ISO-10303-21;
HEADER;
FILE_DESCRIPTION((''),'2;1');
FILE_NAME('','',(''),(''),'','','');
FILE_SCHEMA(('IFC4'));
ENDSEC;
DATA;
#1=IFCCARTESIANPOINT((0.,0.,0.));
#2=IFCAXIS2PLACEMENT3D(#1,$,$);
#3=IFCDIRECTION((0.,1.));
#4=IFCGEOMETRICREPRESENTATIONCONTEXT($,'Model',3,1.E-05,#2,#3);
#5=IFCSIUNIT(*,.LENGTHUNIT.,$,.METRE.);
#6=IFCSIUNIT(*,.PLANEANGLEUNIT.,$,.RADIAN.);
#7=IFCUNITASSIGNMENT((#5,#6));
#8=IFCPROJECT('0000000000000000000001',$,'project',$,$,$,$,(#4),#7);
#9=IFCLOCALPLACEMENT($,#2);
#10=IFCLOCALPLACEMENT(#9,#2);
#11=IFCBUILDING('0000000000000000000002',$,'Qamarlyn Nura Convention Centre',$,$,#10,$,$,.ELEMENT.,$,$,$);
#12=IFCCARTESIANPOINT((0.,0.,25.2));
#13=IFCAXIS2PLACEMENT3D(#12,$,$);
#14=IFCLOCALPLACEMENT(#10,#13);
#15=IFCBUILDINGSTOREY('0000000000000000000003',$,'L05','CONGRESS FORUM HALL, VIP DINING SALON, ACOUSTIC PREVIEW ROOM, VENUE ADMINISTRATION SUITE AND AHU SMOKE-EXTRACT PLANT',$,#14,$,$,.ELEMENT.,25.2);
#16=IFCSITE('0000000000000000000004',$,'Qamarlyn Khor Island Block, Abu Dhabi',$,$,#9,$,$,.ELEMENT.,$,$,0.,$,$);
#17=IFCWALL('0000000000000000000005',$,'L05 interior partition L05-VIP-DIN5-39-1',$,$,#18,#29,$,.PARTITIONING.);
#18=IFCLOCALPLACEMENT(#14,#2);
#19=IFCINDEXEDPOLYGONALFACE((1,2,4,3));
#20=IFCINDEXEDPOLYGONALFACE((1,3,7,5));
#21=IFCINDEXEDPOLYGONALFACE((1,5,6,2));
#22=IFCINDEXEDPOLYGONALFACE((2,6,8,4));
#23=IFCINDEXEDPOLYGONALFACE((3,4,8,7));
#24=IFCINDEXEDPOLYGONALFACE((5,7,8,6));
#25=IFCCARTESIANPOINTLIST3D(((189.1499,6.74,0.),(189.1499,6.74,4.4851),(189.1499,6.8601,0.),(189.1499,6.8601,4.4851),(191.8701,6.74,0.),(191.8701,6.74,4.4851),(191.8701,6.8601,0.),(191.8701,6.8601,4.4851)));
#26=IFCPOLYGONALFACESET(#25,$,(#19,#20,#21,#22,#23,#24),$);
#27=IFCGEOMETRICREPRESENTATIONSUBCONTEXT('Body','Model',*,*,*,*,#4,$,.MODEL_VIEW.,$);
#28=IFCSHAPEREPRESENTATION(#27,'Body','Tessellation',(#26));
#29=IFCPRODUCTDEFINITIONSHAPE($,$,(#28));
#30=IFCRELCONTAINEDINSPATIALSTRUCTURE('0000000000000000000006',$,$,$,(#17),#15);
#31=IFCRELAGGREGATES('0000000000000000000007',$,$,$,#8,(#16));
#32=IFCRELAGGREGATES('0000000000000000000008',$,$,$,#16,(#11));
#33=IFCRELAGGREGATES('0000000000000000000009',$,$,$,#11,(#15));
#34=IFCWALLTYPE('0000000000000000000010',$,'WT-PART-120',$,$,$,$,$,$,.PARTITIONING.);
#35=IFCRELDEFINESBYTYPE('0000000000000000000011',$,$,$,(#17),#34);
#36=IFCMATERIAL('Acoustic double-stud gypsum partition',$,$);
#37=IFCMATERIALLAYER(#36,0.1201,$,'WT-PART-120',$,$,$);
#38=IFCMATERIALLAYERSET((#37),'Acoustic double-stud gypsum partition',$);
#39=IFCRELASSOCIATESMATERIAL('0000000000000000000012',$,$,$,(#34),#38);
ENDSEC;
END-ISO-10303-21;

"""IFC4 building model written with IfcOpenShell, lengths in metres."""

from ifc_helpers import new_model, si_unit, direction, frame, frame_2d, origin, place, context, subcontext, project, spatial, rectangle, extrude, material, layer, layer_set, type_object, element, save


model = new_model("IFC4")

# Units and contexts
model_context = context("Model", 3, precision=1e-05, world=origin(), true_north=direction((0.0, 1.0)))
body_context = subcontext(model_context, "Body", "Model", "MODEL_VIEW")
ifc_project = project(units=[si_unit("LENGTHUNIT", "METRE"), si_unit("PLANEANGLEUNIT", "RADIAN")], contexts=[model_context])

# Site, building, storey
site_placement = place(None, origin())
site = spatial("IfcSite", under=ifc_project, at=site_placement, Name="Qamarlyn Khor Island Block, Abu Dhabi", CompositionType="ELEMENT", RefElevation=0.0)
building_placement = place(site_placement, origin())
building = spatial("IfcBuilding", under=site, at=building_placement, Name="Qamarlyn Nura Convention Centre", CompositionType="ELEMENT")
storey_placement = place(building_placement, frame((0.0, 0.0, 25.2)))
storey = spatial("IfcBuildingStorey", under=building, at=storey_placement, Name="L05", Description="CONGRESS FORUM HALL, VIP DINING SALON, ACOUSTIC PREVIEW ROOM, VENUE ADMINISTRATION SUITE AND AHU SMOKE-EXTRACT PLANT", CompositionType="ELEMENT", Elevation=25.2)

# Shared definitions
ifc_material_1 = material(Name="Acoustic double-stud gypsum partition")
ifc_layer_1 = layer(ifc_material_1, 0.1201, Name="WT-PART-120")
ifc_layer_set_1 = layer_set([ifc_layer_1], Name="Acoustic double-stud gypsum partition")
wall_type_1 = type_object("IfcWallType", Name="WT-PART-120", PredefinedType="PARTITIONING", material=ifc_layer_set_1)

# Wall
wall_1_placement = place(storey_placement, frame((189.1499, 6.8, 0.0), z_axis=(0.0, 0.0, 1.0), x_axis=(1.0, 0.0, 0.0)))
element("IfcWall", 1, at=wall_1_placement, inside=storey, type_object=wall_type_1, Name="L05 interior partition L05-VIP-DIN5-39-1", PredefinedType="PARTITIONING", context=body_context, shape_type="SweptSolid", body=[
    extrude(rectangle(XDim=2.7202, YDim=0.1201, at=frame_2d((1.3601, 0.0))), origin(), (0.0, 0.0, 1.0), 4.4851),
])

save(model, "model.ifc")
